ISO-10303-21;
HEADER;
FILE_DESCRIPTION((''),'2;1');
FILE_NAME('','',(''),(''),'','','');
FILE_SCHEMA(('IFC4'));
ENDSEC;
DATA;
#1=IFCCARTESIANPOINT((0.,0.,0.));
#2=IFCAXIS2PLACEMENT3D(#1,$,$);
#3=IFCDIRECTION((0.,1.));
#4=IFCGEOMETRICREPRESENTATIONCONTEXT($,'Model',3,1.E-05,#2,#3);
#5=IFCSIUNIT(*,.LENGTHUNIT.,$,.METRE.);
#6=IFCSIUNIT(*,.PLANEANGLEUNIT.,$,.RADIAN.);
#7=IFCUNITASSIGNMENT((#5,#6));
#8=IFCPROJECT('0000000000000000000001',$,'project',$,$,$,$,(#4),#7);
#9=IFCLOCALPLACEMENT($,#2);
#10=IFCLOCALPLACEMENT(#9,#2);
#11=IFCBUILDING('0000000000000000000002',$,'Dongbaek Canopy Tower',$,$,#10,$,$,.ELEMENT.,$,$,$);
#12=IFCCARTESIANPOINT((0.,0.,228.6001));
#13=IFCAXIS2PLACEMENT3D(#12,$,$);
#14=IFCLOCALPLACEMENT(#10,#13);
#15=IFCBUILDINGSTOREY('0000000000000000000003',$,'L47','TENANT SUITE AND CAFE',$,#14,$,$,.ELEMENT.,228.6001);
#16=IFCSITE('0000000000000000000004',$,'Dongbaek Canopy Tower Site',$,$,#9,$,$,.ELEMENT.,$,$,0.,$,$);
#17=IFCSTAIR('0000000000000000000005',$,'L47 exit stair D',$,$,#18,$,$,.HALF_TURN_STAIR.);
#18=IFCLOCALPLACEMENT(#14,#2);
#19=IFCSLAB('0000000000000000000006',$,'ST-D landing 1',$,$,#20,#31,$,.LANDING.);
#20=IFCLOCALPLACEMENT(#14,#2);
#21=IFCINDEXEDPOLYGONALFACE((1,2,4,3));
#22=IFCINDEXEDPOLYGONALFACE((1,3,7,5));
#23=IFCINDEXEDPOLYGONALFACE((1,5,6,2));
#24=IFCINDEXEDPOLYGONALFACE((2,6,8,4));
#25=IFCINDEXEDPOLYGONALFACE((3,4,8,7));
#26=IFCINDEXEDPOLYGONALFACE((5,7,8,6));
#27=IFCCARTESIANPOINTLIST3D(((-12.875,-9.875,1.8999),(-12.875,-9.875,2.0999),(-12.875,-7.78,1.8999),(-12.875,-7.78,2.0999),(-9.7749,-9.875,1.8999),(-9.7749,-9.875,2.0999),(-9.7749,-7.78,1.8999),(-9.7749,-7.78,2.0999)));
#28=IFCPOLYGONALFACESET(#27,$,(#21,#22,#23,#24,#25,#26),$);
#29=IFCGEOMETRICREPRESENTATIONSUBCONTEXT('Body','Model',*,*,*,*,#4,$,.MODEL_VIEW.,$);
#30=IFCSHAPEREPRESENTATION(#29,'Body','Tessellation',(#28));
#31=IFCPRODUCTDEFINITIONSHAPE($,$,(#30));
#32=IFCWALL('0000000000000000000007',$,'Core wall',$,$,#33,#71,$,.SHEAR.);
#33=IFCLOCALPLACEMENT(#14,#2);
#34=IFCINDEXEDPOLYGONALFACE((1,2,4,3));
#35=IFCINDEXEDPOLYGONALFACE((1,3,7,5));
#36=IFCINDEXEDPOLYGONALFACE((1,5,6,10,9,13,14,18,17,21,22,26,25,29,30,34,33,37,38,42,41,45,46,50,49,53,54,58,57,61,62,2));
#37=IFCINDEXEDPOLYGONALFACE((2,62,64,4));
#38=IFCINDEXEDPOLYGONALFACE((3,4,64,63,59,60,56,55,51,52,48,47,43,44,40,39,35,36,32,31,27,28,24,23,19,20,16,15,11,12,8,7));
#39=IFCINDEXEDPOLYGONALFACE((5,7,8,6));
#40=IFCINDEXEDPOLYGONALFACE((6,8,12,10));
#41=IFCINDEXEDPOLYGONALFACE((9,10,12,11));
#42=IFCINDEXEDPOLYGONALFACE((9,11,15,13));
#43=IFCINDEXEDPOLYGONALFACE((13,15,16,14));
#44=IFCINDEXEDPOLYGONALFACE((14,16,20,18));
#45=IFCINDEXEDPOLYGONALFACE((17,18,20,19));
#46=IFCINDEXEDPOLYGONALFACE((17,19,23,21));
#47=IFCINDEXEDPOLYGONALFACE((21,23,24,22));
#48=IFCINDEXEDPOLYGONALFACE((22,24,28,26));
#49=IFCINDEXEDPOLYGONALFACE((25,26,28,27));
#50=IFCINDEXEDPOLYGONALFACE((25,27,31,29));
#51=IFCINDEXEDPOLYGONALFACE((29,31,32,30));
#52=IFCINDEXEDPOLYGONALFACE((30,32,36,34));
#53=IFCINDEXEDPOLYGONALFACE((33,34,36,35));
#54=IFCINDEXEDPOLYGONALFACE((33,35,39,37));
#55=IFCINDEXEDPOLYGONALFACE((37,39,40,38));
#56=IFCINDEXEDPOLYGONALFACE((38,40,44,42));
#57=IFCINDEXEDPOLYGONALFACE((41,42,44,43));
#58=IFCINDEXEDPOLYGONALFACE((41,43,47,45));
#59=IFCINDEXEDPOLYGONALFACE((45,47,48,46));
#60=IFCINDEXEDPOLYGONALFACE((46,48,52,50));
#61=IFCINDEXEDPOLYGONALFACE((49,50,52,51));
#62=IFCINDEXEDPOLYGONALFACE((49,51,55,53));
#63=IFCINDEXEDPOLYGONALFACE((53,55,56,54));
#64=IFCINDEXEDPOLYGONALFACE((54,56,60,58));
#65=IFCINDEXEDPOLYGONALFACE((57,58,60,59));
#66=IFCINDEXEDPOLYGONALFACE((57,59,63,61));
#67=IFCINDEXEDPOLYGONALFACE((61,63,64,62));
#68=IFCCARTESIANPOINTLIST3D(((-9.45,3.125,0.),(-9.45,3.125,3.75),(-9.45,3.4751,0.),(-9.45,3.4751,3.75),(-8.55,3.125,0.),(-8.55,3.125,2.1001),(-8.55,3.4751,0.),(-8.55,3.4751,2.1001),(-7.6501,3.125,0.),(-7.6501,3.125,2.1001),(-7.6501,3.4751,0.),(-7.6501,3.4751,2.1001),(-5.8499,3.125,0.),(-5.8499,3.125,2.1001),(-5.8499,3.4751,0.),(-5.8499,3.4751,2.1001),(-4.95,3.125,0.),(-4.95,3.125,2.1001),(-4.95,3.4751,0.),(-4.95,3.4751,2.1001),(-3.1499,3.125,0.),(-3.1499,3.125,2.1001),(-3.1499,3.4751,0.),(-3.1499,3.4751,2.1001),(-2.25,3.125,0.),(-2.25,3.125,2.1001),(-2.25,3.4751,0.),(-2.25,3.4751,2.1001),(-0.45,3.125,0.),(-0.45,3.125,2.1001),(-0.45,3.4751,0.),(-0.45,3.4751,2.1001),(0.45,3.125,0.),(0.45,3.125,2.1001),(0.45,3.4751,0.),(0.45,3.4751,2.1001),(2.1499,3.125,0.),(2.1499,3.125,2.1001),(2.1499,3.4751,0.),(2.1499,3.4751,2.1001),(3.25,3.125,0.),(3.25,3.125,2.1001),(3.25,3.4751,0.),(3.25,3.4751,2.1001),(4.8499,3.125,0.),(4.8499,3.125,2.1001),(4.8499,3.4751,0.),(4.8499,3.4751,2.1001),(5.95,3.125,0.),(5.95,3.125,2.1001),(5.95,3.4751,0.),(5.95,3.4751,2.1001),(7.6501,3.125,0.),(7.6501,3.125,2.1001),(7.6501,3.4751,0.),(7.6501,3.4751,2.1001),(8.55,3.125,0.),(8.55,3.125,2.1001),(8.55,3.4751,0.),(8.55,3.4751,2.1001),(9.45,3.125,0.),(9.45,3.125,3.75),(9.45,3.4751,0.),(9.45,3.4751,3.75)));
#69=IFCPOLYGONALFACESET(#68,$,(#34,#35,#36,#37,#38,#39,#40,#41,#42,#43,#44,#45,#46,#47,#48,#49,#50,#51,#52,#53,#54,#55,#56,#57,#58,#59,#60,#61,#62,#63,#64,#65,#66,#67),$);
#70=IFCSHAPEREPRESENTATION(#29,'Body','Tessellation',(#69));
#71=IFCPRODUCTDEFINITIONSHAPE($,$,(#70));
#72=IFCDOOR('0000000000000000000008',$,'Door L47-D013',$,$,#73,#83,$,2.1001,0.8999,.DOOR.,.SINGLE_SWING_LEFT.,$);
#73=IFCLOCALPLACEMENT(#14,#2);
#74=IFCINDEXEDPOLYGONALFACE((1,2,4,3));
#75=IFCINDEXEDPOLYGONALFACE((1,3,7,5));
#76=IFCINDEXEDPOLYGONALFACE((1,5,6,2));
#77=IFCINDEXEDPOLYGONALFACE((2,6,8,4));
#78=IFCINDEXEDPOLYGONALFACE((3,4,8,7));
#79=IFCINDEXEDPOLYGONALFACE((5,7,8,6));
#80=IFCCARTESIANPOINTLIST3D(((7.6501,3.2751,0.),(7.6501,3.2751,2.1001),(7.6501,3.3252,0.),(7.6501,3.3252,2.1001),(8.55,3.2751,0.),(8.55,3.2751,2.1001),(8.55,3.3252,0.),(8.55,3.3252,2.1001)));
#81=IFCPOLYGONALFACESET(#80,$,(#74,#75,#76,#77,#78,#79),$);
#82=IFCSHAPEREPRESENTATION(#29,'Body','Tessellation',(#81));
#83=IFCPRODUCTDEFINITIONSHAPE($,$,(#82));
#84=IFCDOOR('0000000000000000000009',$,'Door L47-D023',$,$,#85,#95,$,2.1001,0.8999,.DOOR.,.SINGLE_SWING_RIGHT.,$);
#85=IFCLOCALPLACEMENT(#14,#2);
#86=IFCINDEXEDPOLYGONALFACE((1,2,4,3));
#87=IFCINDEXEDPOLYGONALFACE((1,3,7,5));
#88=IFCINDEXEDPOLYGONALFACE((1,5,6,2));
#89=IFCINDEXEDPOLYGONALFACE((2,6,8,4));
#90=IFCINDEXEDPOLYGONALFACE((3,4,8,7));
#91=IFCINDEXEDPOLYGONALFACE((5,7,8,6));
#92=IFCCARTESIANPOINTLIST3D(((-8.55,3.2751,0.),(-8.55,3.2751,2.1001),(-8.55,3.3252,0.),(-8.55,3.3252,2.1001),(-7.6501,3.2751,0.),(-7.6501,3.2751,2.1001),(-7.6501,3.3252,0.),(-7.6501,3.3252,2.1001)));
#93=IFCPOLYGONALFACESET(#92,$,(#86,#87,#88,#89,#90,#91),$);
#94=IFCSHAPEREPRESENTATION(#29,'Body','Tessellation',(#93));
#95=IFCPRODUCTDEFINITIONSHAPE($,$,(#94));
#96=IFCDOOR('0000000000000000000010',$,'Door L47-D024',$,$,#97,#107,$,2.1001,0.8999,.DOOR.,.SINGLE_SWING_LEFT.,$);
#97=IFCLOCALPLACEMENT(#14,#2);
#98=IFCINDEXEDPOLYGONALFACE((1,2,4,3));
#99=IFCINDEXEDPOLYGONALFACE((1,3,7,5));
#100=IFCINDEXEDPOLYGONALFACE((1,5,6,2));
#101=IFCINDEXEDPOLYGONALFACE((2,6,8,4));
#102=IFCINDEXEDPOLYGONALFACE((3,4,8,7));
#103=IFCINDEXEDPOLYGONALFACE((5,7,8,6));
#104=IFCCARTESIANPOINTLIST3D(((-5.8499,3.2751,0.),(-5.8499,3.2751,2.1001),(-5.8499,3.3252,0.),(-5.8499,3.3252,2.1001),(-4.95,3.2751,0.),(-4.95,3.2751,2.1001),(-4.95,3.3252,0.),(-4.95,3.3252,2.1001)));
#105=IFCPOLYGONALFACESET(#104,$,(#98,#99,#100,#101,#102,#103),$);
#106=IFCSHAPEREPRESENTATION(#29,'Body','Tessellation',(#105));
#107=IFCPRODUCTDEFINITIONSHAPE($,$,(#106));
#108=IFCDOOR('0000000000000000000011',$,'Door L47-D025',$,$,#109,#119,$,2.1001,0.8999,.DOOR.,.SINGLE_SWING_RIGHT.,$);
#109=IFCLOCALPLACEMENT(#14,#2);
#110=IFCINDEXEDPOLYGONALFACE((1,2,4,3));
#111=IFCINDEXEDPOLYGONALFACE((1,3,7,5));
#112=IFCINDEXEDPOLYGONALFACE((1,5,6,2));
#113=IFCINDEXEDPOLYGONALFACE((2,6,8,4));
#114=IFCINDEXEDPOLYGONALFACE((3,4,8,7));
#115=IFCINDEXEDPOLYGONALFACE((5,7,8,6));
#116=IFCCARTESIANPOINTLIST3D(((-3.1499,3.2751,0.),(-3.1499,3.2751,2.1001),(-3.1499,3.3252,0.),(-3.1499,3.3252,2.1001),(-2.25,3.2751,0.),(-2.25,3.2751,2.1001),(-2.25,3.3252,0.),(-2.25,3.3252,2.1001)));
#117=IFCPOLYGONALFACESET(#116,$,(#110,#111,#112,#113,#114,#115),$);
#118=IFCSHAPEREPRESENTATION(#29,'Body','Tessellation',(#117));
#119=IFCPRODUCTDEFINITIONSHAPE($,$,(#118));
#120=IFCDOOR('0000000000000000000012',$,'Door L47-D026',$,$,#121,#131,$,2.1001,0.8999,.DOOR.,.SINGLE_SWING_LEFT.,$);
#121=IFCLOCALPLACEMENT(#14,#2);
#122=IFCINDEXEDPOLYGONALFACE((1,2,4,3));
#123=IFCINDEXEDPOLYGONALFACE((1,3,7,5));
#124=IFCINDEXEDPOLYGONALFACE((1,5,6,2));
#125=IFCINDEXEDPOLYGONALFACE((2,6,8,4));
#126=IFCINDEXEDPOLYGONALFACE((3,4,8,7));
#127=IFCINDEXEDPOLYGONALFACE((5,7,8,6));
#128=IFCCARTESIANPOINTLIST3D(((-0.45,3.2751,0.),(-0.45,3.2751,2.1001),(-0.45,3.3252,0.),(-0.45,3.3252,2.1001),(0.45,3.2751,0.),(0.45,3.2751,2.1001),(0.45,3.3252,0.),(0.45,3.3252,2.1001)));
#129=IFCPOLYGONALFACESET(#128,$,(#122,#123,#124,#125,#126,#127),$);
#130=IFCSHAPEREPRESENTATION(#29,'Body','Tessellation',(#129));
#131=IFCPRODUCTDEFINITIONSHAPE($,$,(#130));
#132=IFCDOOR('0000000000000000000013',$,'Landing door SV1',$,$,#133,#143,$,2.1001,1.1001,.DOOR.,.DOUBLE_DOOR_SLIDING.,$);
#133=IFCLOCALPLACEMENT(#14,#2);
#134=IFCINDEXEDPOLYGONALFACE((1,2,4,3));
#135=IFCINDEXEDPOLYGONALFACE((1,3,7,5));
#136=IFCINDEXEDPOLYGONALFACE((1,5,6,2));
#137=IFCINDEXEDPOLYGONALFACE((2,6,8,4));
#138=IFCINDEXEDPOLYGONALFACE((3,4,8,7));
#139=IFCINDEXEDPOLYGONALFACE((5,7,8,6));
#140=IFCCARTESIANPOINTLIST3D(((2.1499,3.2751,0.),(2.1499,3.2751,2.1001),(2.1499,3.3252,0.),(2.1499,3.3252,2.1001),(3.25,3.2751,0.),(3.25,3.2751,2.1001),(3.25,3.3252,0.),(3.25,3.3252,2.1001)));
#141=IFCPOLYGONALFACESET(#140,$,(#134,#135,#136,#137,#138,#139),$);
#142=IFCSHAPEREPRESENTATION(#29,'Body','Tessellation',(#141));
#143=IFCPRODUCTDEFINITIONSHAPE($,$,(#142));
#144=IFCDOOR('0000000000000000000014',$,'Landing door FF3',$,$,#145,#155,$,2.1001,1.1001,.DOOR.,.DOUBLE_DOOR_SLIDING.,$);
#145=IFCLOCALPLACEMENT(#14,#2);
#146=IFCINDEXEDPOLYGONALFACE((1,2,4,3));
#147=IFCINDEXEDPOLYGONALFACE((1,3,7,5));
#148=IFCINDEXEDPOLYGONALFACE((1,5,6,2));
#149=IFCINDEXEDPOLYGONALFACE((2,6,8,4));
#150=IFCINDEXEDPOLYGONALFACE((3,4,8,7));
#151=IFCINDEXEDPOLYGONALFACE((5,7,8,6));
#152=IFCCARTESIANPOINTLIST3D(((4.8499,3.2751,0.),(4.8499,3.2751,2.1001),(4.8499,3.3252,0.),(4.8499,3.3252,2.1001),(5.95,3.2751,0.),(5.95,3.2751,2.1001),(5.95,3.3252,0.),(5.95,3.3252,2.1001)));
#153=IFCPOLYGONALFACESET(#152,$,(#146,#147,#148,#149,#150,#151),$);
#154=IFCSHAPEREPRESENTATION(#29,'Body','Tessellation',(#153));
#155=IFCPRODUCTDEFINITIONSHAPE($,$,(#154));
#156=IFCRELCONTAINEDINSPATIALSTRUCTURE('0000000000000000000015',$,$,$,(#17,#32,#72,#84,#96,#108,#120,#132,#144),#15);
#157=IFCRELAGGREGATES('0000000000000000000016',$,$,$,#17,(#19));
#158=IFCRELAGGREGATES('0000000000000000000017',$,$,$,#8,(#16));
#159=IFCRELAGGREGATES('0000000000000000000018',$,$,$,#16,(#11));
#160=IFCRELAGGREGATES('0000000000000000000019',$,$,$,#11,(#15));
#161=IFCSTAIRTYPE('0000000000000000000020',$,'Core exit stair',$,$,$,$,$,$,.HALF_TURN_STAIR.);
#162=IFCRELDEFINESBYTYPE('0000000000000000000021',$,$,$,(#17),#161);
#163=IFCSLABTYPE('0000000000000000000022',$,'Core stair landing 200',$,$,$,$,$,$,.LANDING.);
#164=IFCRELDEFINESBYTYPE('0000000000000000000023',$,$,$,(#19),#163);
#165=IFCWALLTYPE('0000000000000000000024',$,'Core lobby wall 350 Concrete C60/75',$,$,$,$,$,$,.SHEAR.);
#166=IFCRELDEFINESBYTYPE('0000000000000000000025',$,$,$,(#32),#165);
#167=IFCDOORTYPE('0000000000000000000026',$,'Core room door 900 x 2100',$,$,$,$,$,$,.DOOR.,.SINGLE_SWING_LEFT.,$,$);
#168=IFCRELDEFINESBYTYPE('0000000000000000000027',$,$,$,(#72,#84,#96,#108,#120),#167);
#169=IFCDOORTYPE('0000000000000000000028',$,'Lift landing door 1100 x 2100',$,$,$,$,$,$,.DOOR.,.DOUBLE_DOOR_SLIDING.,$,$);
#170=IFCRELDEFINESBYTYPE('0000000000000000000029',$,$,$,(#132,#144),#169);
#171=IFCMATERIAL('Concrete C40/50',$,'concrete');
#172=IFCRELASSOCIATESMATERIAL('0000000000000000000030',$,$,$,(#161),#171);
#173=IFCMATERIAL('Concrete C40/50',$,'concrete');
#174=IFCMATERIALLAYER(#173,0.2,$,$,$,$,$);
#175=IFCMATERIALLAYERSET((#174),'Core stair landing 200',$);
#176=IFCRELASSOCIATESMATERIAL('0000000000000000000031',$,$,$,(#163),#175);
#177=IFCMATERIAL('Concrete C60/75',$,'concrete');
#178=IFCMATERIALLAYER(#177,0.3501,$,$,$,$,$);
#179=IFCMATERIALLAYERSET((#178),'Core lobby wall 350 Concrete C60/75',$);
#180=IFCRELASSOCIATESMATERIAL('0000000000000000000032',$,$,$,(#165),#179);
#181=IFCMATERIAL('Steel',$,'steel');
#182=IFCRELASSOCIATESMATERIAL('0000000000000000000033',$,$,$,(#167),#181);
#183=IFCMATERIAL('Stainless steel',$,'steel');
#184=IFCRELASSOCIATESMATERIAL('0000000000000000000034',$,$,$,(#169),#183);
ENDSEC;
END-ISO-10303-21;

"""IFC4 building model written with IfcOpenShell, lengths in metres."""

from ifc_helpers import new_model, si_unit, direction, frame, frame_2d, origin, place, context, subcontext, project, spatial, polyline, rectangle, outline, extrude, material, layer, layer_set, type_object, element, fill, aggregate, save


model = new_model("IFC4")

# Units and contexts
model_context = context("Model", 3, precision=1e-05, world=origin(), true_north=direction((0.0, 1.0)))
body_context = subcontext(model_context, "Body", "Model", "MODEL_VIEW")
ifc_project = project(units=[si_unit("LENGTHUNIT", "METRE"), si_unit("PLANEANGLEUNIT", "RADIAN")], contexts=[model_context])

# Site, building, storey
site_placement = place(None, origin())
site = spatial("IfcSite", under=ifc_project, at=site_placement, Name="Dongbaek Canopy Tower Site", CompositionType="ELEMENT", RefElevation=0.0)
building_placement = place(site_placement, origin())
building = spatial("IfcBuilding", under=site, at=building_placement, Name="Dongbaek Canopy Tower", CompositionType="ELEMENT")
storey_placement = place(building_placement, frame((0.0, 0.0, 228.6001)))
storey = spatial("IfcBuildingStorey", under=building, at=storey_placement, Name="L47", Description="TENANT SUITE AND CAFE", CompositionType="ELEMENT", Elevation=228.6001)

# Stair, slab
ifc_material_1 = material(Name="Concrete C40/50", Category="concrete")
stair_type = type_object("IfcStairType", Name="Core exit stair", PredefinedType="HALF_TURN_STAIR", material=ifc_material_1)
stair_1_placement = place(storey_placement, origin())
stair_1 = element("IfcStair", 1, at=stair_1_placement, inside=storey, type_object=stair_type, Name="L47 exit stair D", PredefinedType="HALF_TURN_STAIR")
ifc_material_2 = material(Name="Concrete C40/50", Category="concrete")
ifc_layer_1 = layer(ifc_material_2, 0.2)
ifc_layer_set_1 = layer_set([ifc_layer_1], Name="Core stair landing 200")
slab_type = type_object("IfcSlabType", Name="Core stair landing 200", PredefinedType="LANDING", material=ifc_layer_set_1)
slab_placement = place(storey_placement, frame((0.0, 0.0, 1.8999)))
slab = element("IfcSlab", 2, at=slab_placement, type_object=slab_type, Name="ST-D landing 1", PredefinedType="LANDING", context=body_context, shape_type="SweptSolid", body=[
    extrude(outline(polyline([(-12.875, -7.78), (-12.875, -9.875), (-9.7749, -9.875), (-9.7749, -7.78), (-12.875, -7.78)])), origin(), (0.0, 0.0, 1.0), 0.2),
])
aggregate(stair_1, [slab])

# Wall, openings, doors
ifc_material_3 = material(Name="Concrete C60/75", Category="concrete")
ifc_layer_2 = layer(ifc_material_3, 0.3501)
ifc_layer_set_2 = layer_set([ifc_layer_2], Name="Core lobby wall 350 Concrete C60/75")
wall_type_1 = type_object("IfcWallType", Name="Core lobby wall 350 Concrete C60/75", PredefinedType="SHEAR", material=ifc_layer_set_2)
wall_1_placement = place(storey_placement, frame((9.45, 3.3, 0.0), z_axis=(0.0, 0.0, 1.0), x_axis=(-1.0, 0.0, 0.0)))
wall_1 = element("IfcWall", 3, at=wall_1_placement, inside=storey, type_object=wall_type_1, Name="Core wall", PredefinedType="SHEAR", context=body_context, shape_type="SweptSolid", body=[
    extrude(rectangle(XDim=18.8999, YDim=0.3501, at=frame_2d((9.45, 0.0))), origin(), (0.0, 0.0, 1.0), 3.75),
])
opening_1_placement = place(wall_1_placement, frame((6.2, 0.0, 0.0)))
opening_1 = element("IfcOpeningElement", 4, at=opening_1_placement, cuts=wall_1, PredefinedType="OPENING", context=body_context, shape_type="SweptSolid", body=[
    extrude(rectangle(XDim=1.1001, YDim=2.1001, at=frame_2d((0.55, 1.05))), frame((0.0, 0.1851, 0.0), z_axis=(0.0, -1.0, 0.0), x_axis=(1.0, 0.0, 0.0)), (0.0, 0.0, 1.0), 0.3701),
])
opening_2_placement = place(wall_1_placement, frame((3.5, 0.0, 0.0)))
opening_2 = element("IfcOpeningElement", 5, at=opening_2_placement, cuts=wall_1, PredefinedType="OPENING", context=body_context, shape_type="SweptSolid", body=[
    extrude(rectangle(XDim=1.1001, YDim=2.1001, at=frame_2d((0.55, 1.05))), frame((0.0, 0.1851, 0.0), z_axis=(0.0, -1.0, 0.0), x_axis=(1.0, 0.0, 0.0)), (0.0, 0.0, 1.0), 0.3701),
])
opening_3_placement = place(wall_1_placement, frame((0.8999, 0.0, 0.0)))
opening_3 = element("IfcOpeningElement", 6, at=opening_3_placement, cuts=wall_1, PredefinedType="OPENING", context=body_context, shape_type="SweptSolid", body=[
    extrude(rectangle(XDim=0.8999, YDim=2.1001, at=frame_2d((0.45, 1.05))), frame((0.0, 0.1851, 0.0), z_axis=(0.0, -1.0, 0.0), x_axis=(1.0, 0.0, 0.0)), (0.0, 0.0, 1.0), 0.3701),
])
opening_4_placement = place(wall_1_placement, frame((17.1001, 0.0, 0.0)))
opening_4 = element("IfcOpeningElement", 7, at=opening_4_placement, cuts=wall_1, PredefinedType="OPENING", context=body_context, shape_type="SweptSolid", body=[
    extrude(rectangle(XDim=0.8999, YDim=2.1001, at=frame_2d((0.45, 1.05))), frame((0.0, 0.1851, 0.0), z_axis=(0.0, -1.0, 0.0), x_axis=(1.0, 0.0, 0.0)), (0.0, 0.0, 1.0), 0.3701),
])
opening_5_placement = place(wall_1_placement, frame((14.3999, 0.0, 0.0)))
opening_5 = element("IfcOpeningElement", 8, at=opening_5_placement, cuts=wall_1, PredefinedType="OPENING", context=body_context, shape_type="SweptSolid", body=[
    extrude(rectangle(XDim=0.8999, YDim=2.1001, at=frame_2d((0.45, 1.05))), frame((0.0, 0.1851, 0.0), z_axis=(0.0, -1.0, 0.0), x_axis=(1.0, 0.0, 0.0)), (0.0, 0.0, 1.0), 0.3701),
])
opening_6_placement = place(wall_1_placement, frame((11.7, 0.0, 0.0)))
opening_6 = element("IfcOpeningElement", 9, at=opening_6_placement, cuts=wall_1, PredefinedType="OPENING", context=body_context, shape_type="SweptSolid", body=[
    extrude(rectangle(XDim=0.8999, YDim=2.1001, at=frame_2d((0.45, 1.05))), frame((0.0, 0.1851, 0.0), z_axis=(0.0, -1.0, 0.0), x_axis=(1.0, 0.0, 0.0)), (0.0, 0.0, 1.0), 0.3701),
])
opening_7_placement = place(wall_1_placement, frame((9.0, 0.0, 0.0)))
opening_7 = element("IfcOpeningElement", 10, at=opening_7_placement, cuts=wall_1, PredefinedType="OPENING", context=body_context, shape_type="SweptSolid", body=[
    extrude(rectangle(XDim=0.8999, YDim=2.1001, at=frame_2d((0.45, 1.05))), frame((0.0, 0.1851, 0.0), z_axis=(0.0, -1.0, 0.0), x_axis=(1.0, 0.0, 0.0)), (0.0, 0.0, 1.0), 0.3701),
])
ifc_material_4 = material(Name="Steel", Category="steel")
door_type_1 = type_object("IfcDoorType", Name="Core room door 900 x 2100", OperationType="SINGLE_SWING_LEFT", PredefinedType="DOOR", material=ifc_material_4)
door_1_placement = place(opening_3_placement, origin())
door_1 = element("IfcDoor", 11, at=door_1_placement, inside=storey, type_object=door_type_1, Name="Door L47-D013", OperationType="SINGLE_SWING_LEFT", OverallHeight=2.1001, OverallWidth=0.8999, PredefinedType="DOOR", context=body_context, shape_type="SweptSolid", body=[
    extrude(rectangle(XDim=0.8999, YDim=2.1001, at=frame_2d((0.45, 1.05))), frame((0.0, 0.0249, 0.0), z_axis=(0.0, -1.0, 0.0), x_axis=(1.0, 0.0, 0.0)), (0.0, 0.0, 1.0), 0.05),
])
fill(opening_3, door_1)
door_2_placement = place(opening_4_placement, origin())
door_2 = element("IfcDoor", 12, at=door_2_placement, inside=storey, type_object=door_type_1, Name="Door L47-D023", OperationType="SINGLE_SWING_RIGHT", OverallHeight=2.1001, OverallWidth=0.8999, PredefinedType="DOOR", context=body_context, shape_type="SweptSolid", body=[
    extrude(rectangle(XDim=0.8999, YDim=2.1001, at=frame_2d((0.45, 1.05))), frame((0.0, 0.0249, 0.0), z_axis=(0.0, -1.0, 0.0), x_axis=(1.0, 0.0, 0.0)), (0.0, 0.0, 1.0), 0.05),
])
fill(opening_4, door_2)
door_3_placement = place(opening_5_placement, origin())
door_3 = element("IfcDoor", 13, at=door_3_placement, inside=storey, type_object=door_type_1, Name="Door L47-D024", OperationType="SINGLE_SWING_LEFT", OverallHeight=2.1001, OverallWidth=0.8999, PredefinedType="DOOR", context=body_context, shape_type="SweptSolid", body=[
    extrude(rectangle(XDim=0.8999, YDim=2.1001, at=frame_2d((0.45, 1.05))), frame((0.0, 0.0249, 0.0), z_axis=(0.0, -1.0, 0.0), x_axis=(1.0, 0.0, 0.0)), (0.0, 0.0, 1.0), 0.05),
])
fill(opening_5, door_3)
door_4_placement = place(opening_6_placement, origin())
door_4 = element("IfcDoor", 14, at=door_4_placement, inside=storey, type_object=door_type_1, Name="Door L47-D025", OperationType="SINGLE_SWING_RIGHT", OverallHeight=2.1001, OverallWidth=0.8999, PredefinedType="DOOR", context=body_context, shape_type="SweptSolid", body=[
    extrude(rectangle(XDim=0.8999, YDim=2.1001, at=frame_2d((0.45, 1.05))), frame((0.0, 0.0249, 0.0), z_axis=(0.0, -1.0, 0.0), x_axis=(1.0, 0.0, 0.0)), (0.0, 0.0, 1.0), 0.05),
])
fill(opening_6, door_4)
door_5_placement = place(opening_7_placement, origin())
door_5 = element("IfcDoor", 15, at=door_5_placement, inside=storey, type_object=door_type_1, Name="Door L47-D026", OperationType="SINGLE_SWING_LEFT", OverallHeight=2.1001, OverallWidth=0.8999, PredefinedType="DOOR", context=body_context, shape_type="SweptSolid", body=[
    extrude(rectangle(XDim=0.8999, YDim=2.1001, at=frame_2d((0.45, 1.05))), frame((0.0, 0.0249, 0.0), z_axis=(0.0, -1.0, 0.0), x_axis=(1.0, 0.0, 0.0)), (0.0, 0.0, 1.0), 0.05),
])
fill(opening_7, door_5)
ifc_material_5 = material(Name="Stainless steel", Category="steel")
door_type_2 = type_object("IfcDoorType", Name="Lift landing door 1100 x 2100", OperationType="DOUBLE_DOOR_SLIDING", PredefinedType="DOOR", material=ifc_material_5)
door_6_placement = place(opening_1_placement, origin())
door_6 = element("IfcDoor", 16, at=door_6_placement, inside=storey, type_object=door_type_2, Name="Landing door SV1", OperationType="DOUBLE_DOOR_SLIDING", OverallHeight=2.1001, OverallWidth=1.1001, PredefinedType="DOOR", context=body_context, shape_type="SweptSolid", body=[
    extrude(rectangle(XDim=1.1001, YDim=2.1001, at=frame_2d((0.55, 1.05))), frame((0.0, 0.0249, 0.0), z_axis=(0.0, -1.0, 0.0), x_axis=(1.0, 0.0, 0.0)), (0.0, 0.0, 1.0), 0.05),
])
fill(opening_1, door_6)
door_7_placement = place(opening_2_placement, origin())
door_7 = element("IfcDoor", 17, at=door_7_placement, inside=storey, type_object=door_type_2, Name="Landing door FF3", OperationType="DOUBLE_DOOR_SLIDING", OverallHeight=2.1001, OverallWidth=1.1001, PredefinedType="DOOR", context=body_context, shape_type="SweptSolid", body=[
    extrude(rectangle(XDim=1.1001, YDim=2.1001, at=frame_2d((0.55, 1.05))), frame((0.0, 0.0249, 0.0), z_axis=(0.0, -1.0, 0.0), x_axis=(1.0, 0.0, 0.0)), (0.0, 0.0, 1.0), 0.05),
])
fill(opening_2, door_7)

save(model, "model.ifc")
